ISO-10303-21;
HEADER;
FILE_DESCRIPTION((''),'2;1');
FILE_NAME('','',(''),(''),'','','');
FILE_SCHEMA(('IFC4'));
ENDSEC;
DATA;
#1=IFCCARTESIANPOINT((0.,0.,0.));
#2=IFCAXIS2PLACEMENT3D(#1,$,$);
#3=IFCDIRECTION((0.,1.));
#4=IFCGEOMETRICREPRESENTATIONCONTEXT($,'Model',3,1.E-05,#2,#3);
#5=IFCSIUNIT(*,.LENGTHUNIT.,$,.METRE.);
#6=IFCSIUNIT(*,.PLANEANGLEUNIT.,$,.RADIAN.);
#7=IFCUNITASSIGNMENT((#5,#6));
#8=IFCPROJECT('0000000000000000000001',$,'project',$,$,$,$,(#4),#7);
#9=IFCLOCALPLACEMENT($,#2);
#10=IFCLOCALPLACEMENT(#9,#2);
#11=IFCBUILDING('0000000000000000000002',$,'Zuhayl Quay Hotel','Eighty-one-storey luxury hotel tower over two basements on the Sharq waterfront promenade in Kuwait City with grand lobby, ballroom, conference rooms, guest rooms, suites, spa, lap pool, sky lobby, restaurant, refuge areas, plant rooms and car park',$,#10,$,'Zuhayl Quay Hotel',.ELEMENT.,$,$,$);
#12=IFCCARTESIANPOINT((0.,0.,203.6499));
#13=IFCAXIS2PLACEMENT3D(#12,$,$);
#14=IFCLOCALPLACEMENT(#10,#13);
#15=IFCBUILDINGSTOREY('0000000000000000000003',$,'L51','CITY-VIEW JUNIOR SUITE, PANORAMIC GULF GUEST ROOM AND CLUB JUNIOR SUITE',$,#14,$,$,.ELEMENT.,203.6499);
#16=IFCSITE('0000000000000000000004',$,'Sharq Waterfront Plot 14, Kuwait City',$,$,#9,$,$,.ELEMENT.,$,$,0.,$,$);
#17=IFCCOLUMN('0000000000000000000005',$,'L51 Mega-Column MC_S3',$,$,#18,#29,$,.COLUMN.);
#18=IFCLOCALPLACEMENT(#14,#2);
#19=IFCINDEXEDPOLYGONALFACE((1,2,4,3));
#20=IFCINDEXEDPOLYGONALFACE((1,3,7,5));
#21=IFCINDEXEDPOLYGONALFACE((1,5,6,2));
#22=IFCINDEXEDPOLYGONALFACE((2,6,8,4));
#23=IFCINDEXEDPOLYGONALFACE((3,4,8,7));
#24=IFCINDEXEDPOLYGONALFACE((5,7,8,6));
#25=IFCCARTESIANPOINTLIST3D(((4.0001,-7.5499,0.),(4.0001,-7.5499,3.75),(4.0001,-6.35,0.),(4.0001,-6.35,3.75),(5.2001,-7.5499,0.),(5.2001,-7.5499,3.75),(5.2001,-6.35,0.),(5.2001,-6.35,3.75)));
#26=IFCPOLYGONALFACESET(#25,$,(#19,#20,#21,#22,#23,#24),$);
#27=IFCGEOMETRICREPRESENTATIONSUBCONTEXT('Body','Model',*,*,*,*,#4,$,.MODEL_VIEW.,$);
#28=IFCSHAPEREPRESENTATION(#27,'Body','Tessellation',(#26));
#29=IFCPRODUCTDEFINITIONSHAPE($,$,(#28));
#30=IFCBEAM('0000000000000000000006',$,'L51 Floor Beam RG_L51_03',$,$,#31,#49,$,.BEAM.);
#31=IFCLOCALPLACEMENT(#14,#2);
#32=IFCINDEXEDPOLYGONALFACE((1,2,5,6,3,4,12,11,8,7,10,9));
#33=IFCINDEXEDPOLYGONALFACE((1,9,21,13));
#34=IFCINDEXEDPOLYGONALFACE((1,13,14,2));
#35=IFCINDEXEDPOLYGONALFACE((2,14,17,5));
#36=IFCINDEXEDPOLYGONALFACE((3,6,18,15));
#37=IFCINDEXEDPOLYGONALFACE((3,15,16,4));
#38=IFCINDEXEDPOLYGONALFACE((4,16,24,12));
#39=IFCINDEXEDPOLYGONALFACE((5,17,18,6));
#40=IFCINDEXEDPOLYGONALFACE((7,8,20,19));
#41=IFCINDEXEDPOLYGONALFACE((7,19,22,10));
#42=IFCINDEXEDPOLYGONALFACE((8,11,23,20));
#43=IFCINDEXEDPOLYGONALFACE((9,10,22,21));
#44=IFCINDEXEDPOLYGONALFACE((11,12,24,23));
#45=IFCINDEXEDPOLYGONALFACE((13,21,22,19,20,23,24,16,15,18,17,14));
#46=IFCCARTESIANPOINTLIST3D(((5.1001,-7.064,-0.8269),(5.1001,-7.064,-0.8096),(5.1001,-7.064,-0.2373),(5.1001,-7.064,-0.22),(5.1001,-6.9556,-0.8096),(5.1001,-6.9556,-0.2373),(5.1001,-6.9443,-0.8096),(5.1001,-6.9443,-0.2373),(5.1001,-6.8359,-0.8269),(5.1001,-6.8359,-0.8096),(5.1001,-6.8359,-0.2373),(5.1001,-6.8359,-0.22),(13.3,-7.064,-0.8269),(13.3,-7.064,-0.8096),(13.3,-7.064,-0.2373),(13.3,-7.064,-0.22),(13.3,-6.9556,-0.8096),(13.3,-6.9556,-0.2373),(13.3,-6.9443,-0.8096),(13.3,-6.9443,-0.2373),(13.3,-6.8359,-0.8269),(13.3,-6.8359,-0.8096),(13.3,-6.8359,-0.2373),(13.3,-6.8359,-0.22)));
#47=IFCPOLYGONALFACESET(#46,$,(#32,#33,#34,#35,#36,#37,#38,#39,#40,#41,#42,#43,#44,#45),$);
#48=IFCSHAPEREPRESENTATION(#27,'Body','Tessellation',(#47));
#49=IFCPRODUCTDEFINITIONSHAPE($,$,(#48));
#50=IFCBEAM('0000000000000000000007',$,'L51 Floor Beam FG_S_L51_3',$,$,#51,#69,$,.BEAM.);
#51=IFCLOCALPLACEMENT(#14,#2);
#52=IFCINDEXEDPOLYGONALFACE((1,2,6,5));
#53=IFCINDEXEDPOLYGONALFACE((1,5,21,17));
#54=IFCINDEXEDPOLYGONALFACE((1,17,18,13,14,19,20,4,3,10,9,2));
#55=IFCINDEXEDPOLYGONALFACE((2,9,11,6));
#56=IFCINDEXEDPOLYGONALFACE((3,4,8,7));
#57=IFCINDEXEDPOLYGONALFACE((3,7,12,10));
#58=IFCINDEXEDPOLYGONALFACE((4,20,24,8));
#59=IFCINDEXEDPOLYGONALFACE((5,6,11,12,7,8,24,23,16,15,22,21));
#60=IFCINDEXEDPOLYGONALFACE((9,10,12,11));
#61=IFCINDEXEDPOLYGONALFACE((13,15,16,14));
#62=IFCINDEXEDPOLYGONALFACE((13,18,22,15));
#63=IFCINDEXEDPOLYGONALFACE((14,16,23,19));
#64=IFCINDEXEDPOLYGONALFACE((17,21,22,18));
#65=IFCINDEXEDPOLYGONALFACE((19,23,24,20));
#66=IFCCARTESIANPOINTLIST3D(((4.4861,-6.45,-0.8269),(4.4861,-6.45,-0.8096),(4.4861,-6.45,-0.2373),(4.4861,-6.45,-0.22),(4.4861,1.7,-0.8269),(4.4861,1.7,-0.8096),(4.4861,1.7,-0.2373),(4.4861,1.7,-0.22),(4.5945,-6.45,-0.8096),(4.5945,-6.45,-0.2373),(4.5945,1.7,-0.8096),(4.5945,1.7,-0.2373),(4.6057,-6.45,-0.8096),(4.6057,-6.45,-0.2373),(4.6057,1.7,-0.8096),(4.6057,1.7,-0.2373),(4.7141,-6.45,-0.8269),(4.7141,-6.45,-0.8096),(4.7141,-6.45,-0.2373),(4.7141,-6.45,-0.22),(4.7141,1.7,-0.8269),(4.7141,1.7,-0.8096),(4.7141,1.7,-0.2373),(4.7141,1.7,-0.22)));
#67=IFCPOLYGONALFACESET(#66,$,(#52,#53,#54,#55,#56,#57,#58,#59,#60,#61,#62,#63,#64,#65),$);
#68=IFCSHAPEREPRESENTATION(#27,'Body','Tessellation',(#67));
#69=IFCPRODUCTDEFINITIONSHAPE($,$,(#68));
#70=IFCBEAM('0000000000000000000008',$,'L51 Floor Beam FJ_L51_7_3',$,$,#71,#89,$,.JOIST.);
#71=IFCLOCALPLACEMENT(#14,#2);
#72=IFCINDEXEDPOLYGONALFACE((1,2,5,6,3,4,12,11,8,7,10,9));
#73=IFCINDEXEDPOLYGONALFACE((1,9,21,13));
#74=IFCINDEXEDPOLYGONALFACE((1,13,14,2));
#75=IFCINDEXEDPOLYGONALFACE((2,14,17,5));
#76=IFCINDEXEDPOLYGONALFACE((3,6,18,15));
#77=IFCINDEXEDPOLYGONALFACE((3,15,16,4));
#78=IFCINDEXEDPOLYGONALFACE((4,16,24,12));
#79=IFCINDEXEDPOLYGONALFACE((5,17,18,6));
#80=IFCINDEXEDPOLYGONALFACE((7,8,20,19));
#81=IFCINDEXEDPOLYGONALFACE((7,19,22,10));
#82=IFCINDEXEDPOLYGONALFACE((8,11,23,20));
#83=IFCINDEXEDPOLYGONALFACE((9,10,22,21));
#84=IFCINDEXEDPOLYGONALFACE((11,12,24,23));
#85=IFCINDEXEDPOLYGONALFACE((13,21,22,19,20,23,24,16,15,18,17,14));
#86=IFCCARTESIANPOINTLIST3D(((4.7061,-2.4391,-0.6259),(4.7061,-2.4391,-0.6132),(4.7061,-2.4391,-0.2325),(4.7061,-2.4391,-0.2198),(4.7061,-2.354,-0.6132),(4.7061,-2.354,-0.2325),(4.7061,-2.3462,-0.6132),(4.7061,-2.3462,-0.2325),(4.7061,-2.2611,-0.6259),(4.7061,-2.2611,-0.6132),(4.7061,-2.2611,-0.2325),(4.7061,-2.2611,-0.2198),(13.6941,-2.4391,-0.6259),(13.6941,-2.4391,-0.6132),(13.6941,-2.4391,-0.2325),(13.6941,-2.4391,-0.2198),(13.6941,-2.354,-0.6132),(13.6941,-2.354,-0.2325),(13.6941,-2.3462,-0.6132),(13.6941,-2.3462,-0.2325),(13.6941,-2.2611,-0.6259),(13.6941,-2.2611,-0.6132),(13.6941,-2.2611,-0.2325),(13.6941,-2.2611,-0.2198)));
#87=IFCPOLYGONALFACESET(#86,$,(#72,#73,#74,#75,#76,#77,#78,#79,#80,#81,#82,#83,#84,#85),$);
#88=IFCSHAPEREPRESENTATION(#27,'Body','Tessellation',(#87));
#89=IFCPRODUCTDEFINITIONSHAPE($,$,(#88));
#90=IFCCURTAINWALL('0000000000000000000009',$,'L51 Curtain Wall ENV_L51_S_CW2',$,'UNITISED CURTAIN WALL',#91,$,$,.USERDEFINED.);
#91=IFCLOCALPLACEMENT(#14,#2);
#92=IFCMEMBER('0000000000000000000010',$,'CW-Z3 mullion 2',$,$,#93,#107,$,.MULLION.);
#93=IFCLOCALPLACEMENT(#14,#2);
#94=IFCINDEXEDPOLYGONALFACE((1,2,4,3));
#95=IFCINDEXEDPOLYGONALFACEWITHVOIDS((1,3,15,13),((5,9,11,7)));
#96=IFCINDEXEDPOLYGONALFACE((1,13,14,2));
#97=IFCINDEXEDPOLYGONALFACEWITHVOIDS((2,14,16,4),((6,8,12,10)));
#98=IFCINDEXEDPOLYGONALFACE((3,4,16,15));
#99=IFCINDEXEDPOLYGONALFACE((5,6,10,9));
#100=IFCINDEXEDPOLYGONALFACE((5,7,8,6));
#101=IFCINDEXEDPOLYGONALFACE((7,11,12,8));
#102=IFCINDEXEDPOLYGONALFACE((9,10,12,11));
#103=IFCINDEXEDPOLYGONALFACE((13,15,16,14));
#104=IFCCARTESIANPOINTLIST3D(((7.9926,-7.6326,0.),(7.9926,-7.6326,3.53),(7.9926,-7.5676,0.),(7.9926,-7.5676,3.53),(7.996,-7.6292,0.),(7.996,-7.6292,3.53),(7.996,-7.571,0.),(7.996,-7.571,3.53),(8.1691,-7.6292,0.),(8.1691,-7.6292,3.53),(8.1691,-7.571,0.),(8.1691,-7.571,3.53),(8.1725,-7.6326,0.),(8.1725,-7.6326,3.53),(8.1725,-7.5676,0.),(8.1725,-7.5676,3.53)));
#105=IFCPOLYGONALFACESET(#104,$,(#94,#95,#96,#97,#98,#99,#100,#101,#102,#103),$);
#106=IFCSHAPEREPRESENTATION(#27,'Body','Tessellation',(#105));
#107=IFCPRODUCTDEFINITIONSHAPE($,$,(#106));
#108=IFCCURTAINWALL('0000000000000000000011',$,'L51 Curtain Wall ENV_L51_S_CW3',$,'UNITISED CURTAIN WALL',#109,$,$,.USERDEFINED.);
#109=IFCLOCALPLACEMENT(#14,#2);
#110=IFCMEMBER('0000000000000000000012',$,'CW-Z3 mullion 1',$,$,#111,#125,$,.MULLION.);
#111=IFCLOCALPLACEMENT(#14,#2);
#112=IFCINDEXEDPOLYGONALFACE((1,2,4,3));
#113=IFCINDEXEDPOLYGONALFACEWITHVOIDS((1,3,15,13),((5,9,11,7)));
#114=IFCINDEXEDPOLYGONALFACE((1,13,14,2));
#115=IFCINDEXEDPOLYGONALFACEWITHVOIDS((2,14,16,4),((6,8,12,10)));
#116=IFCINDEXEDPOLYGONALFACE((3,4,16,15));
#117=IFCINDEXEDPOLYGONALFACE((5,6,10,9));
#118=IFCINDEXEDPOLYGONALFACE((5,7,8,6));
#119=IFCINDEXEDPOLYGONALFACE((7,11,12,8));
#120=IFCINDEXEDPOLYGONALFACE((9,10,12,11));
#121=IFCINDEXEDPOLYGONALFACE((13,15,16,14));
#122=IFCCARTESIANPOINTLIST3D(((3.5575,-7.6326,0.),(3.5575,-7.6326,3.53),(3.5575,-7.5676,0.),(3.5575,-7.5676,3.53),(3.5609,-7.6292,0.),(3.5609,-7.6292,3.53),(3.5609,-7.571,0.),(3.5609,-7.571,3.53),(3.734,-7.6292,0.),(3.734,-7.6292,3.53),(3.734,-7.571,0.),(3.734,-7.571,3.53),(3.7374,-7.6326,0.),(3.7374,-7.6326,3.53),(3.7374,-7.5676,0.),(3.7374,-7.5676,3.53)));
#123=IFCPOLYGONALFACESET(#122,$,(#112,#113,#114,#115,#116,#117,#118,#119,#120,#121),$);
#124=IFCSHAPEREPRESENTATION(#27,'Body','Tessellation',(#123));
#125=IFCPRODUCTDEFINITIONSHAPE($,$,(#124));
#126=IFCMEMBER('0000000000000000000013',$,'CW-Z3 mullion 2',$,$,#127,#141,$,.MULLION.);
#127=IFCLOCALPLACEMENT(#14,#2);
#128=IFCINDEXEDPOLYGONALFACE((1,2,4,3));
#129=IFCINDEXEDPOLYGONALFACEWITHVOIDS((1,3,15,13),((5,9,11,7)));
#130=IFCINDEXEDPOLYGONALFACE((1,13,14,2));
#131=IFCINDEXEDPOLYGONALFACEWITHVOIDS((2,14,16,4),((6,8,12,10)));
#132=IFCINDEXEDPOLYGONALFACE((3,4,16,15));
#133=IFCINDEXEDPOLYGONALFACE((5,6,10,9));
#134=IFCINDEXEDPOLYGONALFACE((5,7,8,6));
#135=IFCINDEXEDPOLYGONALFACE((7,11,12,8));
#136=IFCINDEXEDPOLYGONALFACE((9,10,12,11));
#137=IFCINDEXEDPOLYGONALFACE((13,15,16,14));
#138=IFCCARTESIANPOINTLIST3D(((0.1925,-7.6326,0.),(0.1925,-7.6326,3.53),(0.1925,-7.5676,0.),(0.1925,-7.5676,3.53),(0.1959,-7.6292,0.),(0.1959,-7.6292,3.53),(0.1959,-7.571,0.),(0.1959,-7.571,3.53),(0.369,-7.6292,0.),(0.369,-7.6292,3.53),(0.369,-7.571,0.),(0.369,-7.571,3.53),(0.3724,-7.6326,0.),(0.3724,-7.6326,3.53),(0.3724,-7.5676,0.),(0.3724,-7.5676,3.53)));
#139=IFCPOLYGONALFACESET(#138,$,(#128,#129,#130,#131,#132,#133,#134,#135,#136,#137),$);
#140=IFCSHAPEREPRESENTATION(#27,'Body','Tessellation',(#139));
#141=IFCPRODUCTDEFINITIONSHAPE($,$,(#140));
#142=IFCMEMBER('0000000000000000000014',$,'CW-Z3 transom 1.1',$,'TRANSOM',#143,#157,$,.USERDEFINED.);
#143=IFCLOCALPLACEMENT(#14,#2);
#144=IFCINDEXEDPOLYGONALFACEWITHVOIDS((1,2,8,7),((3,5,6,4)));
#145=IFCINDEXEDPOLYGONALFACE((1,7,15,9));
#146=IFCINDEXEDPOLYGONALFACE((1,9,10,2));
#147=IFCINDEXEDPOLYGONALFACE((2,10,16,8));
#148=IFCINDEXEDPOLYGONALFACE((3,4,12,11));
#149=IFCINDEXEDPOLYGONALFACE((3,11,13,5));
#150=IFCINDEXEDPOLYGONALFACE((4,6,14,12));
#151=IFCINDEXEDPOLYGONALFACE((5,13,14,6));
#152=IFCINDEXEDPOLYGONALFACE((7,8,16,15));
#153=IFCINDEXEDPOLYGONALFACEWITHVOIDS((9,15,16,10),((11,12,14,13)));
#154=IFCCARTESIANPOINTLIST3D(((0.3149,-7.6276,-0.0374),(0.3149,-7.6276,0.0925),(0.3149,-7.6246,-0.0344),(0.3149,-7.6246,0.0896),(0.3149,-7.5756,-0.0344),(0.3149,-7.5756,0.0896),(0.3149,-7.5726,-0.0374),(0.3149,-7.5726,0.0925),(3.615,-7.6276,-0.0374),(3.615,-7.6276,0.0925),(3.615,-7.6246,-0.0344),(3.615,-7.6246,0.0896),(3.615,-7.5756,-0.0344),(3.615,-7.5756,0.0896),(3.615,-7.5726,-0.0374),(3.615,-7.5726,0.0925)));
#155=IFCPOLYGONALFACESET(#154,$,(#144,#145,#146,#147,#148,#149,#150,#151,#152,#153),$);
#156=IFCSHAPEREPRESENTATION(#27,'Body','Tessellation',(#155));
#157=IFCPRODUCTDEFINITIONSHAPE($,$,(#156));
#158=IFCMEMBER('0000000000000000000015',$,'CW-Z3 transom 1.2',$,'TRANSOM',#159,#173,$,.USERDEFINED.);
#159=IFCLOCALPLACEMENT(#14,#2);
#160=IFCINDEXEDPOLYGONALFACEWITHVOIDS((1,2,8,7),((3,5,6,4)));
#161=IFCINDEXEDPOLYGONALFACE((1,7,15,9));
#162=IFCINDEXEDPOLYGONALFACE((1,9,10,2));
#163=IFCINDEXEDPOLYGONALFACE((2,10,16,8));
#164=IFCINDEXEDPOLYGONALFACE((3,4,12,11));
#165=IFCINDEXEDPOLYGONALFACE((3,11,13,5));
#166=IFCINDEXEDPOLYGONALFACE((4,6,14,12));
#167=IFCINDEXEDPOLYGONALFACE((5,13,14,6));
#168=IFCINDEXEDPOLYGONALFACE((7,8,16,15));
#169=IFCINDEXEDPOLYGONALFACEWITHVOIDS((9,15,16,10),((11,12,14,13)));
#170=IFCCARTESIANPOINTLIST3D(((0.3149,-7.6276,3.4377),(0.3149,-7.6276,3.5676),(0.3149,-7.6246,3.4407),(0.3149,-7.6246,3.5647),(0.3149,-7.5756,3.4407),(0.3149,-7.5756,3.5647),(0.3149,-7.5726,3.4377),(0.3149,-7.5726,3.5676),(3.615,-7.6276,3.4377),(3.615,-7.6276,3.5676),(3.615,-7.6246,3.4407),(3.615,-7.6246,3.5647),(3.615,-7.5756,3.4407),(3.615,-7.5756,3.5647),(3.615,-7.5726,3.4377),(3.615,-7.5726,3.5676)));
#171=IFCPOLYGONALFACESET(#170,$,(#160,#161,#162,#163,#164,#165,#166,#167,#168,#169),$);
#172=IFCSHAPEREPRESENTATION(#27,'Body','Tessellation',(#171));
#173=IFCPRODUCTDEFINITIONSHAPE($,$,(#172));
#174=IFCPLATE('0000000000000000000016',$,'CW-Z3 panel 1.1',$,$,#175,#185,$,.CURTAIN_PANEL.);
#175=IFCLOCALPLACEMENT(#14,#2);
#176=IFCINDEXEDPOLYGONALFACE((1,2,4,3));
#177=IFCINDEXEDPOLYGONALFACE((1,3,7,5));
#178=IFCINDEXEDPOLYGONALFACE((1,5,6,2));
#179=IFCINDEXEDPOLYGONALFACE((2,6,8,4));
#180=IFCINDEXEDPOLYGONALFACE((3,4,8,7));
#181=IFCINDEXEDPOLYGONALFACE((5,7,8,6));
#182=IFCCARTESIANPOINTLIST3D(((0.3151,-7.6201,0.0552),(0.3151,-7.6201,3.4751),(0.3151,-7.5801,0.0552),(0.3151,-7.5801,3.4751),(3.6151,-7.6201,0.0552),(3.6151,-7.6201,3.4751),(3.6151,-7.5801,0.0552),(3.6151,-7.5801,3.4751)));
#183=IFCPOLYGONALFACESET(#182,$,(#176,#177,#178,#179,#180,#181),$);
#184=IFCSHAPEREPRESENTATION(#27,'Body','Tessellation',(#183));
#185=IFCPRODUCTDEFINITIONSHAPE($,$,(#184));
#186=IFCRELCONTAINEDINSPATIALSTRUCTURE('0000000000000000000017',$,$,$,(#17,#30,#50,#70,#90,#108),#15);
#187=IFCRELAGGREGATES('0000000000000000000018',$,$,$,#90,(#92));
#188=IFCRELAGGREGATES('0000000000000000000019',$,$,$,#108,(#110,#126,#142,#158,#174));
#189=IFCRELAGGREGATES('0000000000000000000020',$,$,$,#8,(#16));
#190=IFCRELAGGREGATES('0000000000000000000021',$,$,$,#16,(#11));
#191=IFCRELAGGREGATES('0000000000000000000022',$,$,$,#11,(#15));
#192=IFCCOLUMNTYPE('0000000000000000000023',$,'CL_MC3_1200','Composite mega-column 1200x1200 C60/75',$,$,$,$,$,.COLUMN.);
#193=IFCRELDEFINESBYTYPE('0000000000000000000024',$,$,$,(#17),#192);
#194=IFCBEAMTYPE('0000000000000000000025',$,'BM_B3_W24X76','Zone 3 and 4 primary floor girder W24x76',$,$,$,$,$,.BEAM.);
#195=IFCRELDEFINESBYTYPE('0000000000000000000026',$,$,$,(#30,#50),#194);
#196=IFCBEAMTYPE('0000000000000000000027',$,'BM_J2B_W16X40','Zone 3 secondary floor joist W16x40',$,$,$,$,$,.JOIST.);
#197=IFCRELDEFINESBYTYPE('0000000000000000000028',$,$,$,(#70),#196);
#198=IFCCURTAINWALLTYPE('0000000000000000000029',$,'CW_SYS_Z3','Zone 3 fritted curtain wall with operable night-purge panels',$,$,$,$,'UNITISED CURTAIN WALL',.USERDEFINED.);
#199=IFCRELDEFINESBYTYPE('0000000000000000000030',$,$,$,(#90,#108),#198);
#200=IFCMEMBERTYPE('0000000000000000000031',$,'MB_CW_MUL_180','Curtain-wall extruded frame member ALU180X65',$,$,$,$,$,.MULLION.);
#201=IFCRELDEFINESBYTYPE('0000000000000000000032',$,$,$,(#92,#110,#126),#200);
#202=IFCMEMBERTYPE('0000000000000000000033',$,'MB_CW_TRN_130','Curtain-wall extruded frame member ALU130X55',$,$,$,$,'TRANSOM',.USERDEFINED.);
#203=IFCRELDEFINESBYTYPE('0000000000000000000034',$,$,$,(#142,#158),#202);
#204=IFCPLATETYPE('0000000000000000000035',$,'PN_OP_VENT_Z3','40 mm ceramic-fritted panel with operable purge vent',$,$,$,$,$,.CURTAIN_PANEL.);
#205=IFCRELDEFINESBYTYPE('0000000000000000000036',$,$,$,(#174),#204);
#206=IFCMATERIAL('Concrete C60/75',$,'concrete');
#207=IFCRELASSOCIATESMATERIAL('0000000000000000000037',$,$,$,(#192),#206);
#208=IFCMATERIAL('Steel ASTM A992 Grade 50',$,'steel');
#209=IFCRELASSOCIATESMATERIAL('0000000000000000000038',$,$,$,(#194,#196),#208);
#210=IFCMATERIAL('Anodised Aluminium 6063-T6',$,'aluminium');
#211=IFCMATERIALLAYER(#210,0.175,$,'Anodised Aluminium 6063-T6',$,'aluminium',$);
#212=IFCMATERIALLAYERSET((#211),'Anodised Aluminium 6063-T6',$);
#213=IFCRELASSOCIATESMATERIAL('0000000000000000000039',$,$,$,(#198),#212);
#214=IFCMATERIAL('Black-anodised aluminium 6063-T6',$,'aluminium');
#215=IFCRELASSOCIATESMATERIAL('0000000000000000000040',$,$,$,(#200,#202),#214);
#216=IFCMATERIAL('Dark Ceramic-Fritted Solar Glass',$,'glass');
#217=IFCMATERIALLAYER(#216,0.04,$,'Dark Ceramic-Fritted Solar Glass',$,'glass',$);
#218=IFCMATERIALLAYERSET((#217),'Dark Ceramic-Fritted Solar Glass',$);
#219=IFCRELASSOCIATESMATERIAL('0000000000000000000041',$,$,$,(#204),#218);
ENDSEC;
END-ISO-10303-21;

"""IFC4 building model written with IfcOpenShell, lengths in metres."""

from ifc_helpers import new_model, si_unit, direction, frame, origin, origin_2d, place, context, subcontext, project, spatial, rectangle, hollow_rectangle, i_section, extrude, material, layer, layer_set, material_profile, profile_set, type_object, element, aggregate, save


model = new_model("IFC4")

# Units and contexts
model_context = context("Model", 3, precision=1e-05, world=origin(), true_north=direction((0.0, 1.0)))
body_context = subcontext(model_context, "Body", "Model", "MODEL_VIEW")
ifc_project = project(units=[si_unit("LENGTHUNIT", "METRE"), si_unit("PLANEANGLEUNIT", "RADIAN")], contexts=[model_context])

# Site, building, storey
site_placement = place(None, origin())
site = spatial("IfcSite", under=ifc_project, at=site_placement, Name="Sharq Waterfront Plot 14, Kuwait City", CompositionType="ELEMENT", RefElevation=0.0)
building_placement = place(site_placement, origin())
building = spatial("IfcBuilding", under=site, at=building_placement, Name="Zuhayl Quay Hotel", Description="Eighty-one-storey luxury hotel tower over two basements on the Sharq waterfront promenade in Kuwait City with grand lobby, ballroom, conference rooms, guest rooms, suites, spa, lap pool, sky lobby, restaurant, refuge areas, plant rooms and car park", LongName="Zuhayl Quay Hotel", CompositionType="ELEMENT")
storey_placement = place(building_placement, frame((0.0, 0.0, 203.6499)))
storey = spatial("IfcBuildingStorey", under=building, at=storey_placement, Name="L51", Description="CITY-VIEW JUNIOR SUITE, PANORAMIC GULF GUEST ROOM AND CLUB JUNIOR SUITE", CompositionType="ELEMENT", Elevation=203.6499)

# Column
ifc_material_1 = material(Name="Concrete C60/75", Category="concrete")
ifc_material_profile_1 = material_profile(ifc_material_1, rectangle(XDim=1.2, YDim=1.2, at=origin_2d()), Name="RC1200X1200")
ifc_profile_set_1 = profile_set([ifc_material_profile_1], Name="Concrete C60/75")
column_type = type_object("IfcColumnType", Name="CL_MC3_1200", Description="Composite mega-column 1200x1200 C60/75", PredefinedType="COLUMN", material=ifc_profile_set_1)
column_placement = place(storey_placement, frame((4.6001, -6.95, 0.0), z_axis=(0.0, 0.0, 1.0), x_axis=(1.0, 0.0, 0.0)))
element("IfcColumn", 1, at=column_placement, inside=storey, type_object=column_type, Name="L51 Mega-Column MC_S3", PredefinedType="COLUMN", context=body_context, shape_type="SweptSolid", body=[
    extrude(rectangle(XDim=1.2, YDim=1.2, at=origin_2d()), origin(), (0.0, 0.0, 1.0), 3.75),
])

# Beams
ifc_material_2 = material(Name="Steel ASTM A992 Grade 50", Category="steel")
ifc_material_profile_2 = material_profile(ifc_material_2, i_section(OverallWidth=0.228, OverallDepth=0.6069, WebThickness=0.0112, FlangeThickness=0.0173, at=origin_2d()), Name="W24X76")
ifc_profile_set_2 = profile_set([ifc_material_profile_2], Name="Steel ASTM A992 Grade 50")
beam_type_1 = type_object("IfcBeamType", Name="BM_B3_W24X76", Description="Zone 3 and 4 primary floor girder W24x76", PredefinedType="BEAM", material=ifc_profile_set_2)
beam_1_placement = place(storey_placement, frame((5.1001, -6.95, -0.5234), z_axis=(1.0, 0.0, 0.0), x_axis=(0.0, 1.0, 0.0)))
element("IfcBeam", 2, at=beam_1_placement, inside=storey, type_object=beam_type_1, Name="L51 Floor Beam RG_L51_03", PredefinedType="BEAM", context=body_context, shape_type="SweptSolid", body=[
    extrude(i_section(OverallWidth=0.228, OverallDepth=0.6069, WebThickness=0.0112, FlangeThickness=0.0173, at=origin_2d()), origin(), (0.0, 0.0, 1.0), 8.2),
])
beam_2_placement = place(storey_placement, frame((4.6001, -6.45, -0.5234), z_axis=(0.0, 1.0, 0.0), x_axis=(-1.0, 0.0, 0.0)))
element("IfcBeam", 3, at=beam_2_placement, inside=storey, type_object=beam_type_1, Name="L51 Floor Beam FG_S_L51_3", PredefinedType="BEAM", context=body_context, shape_type="SweptSolid", body=[
    extrude(i_section(OverallWidth=0.228, OverallDepth=0.6069, WebThickness=0.0112, FlangeThickness=0.0173, at=origin_2d()), origin(), (0.0, 0.0, 1.0), 8.1499),
])
ifc_material_profile_3 = material_profile(ifc_material_2, i_section(OverallWidth=0.178, OverallDepth=0.406, WebThickness=0.0078, FlangeThickness=0.0127, at=origin_2d()), Name="W16X40")
ifc_profile_set_3 = profile_set([ifc_material_profile_3], Name="Steel ASTM A992 Grade 50")
beam_type_2 = type_object("IfcBeamType", Name="BM_J2B_W16X40", Description="Zone 3 secondary floor joist W16x40", PredefinedType="JOIST", material=ifc_profile_set_3)
beam_3_placement = place(storey_placement, frame((4.7061, -2.3501, -0.4229), z_axis=(1.0, 0.0, 0.0), x_axis=(0.0, 1.0, 0.0)))
element("IfcBeam", 4, at=beam_3_placement, inside=storey, type_object=beam_type_2, Name="L51 Floor Beam FJ_L51_7_3", PredefinedType="JOIST", context=body_context, shape_type="SweptSolid", body=[
    extrude(i_section(OverallWidth=0.178, OverallDepth=0.406, WebThickness=0.0078, FlangeThickness=0.0127, at=origin_2d()), origin(), (0.0, 0.0, 1.0), 8.988),
])

# Curtain wall, member
ifc_material_3 = material(Name="Anodised Aluminium 6063-T6", Category="aluminium")
ifc_layer_1 = layer(ifc_material_3, 0.175, Name="Anodised Aluminium 6063-T6", Category="aluminium")
ifc_layer_set_1 = layer_set([ifc_layer_1], Name="Anodised Aluminium 6063-T6")
curtain_wall_type = type_object("IfcCurtainWallType", Name="CW_SYS_Z3", Description="Zone 3 fritted curtain wall with operable night-purge panels", ElementType="UNITISED CURTAIN WALL", PredefinedType="USERDEFINED", material=ifc_layer_set_1)
curtain_wall_1_placement = place(storey_placement, origin())
curtain_wall_1 = element("IfcCurtainWall", 5, at=curtain_wall_1_placement, inside=storey, type_object=curtain_wall_type, Name="L51 Curtain Wall ENV_L51_S_CW2", ObjectType="UNITISED CURTAIN WALL", PredefinedType="USERDEFINED")
ifc_material_4 = material(Name="Black-anodised aluminium 6063-T6", Category="aluminium")
ifc_material_profile_4 = material_profile(ifc_material_4, hollow_rectangle(XDim=0.0649, YDim=0.1799, WallThickness=0.0034, at=origin_2d()), Name="ALU180X65")
ifc_profile_set_4 = profile_set([ifc_material_profile_4], Name="Black-anodised aluminium 6063-T6")
member_type_1 = type_object("IfcMemberType", Name="MB_CW_MUL_180", Description="Curtain-wall extruded frame member ALU180X65", PredefinedType="MULLION", material=ifc_profile_set_4)
member_1_placement = place(storey_placement, frame((8.0825, -7.6001, 0.0), z_axis=(0.0, 0.0, 1.0), x_axis=(0.0, -1.0, 0.0)))
member_1 = element("IfcMember", 6, at=member_1_placement, type_object=member_type_1, Name="CW-Z3 mullion 2", PredefinedType="MULLION", context=body_context, shape_type="SweptSolid", body=[
    extrude(hollow_rectangle(XDim=0.0649, YDim=0.1799, WallThickness=0.0034, at=origin_2d()), origin(), (0.0, 0.0, 1.0), 3.53),
])
aggregate(curtain_wall_1, [member_1])

# Curtain wall, members, plate
curtain_wall_2_placement = place(storey_placement, origin())
curtain_wall_2 = element("IfcCurtainWall", 7, at=curtain_wall_2_placement, inside=storey, type_object=curtain_wall_type, Name="L51 Curtain Wall ENV_L51_S_CW3", ObjectType="UNITISED CURTAIN WALL", PredefinedType="USERDEFINED")
member_2_placement = place(storey_placement, frame((3.6475, -7.6001, 0.0), z_axis=(0.0, 0.0, 1.0), x_axis=(0.0, -1.0, 0.0)))
member_2 = element("IfcMember", 8, at=member_2_placement, type_object=member_type_1, Name="CW-Z3 mullion 1", PredefinedType="MULLION", context=body_context, shape_type="SweptSolid", body=[
    extrude(hollow_rectangle(XDim=0.0649, YDim=0.1799, WallThickness=0.0034, at=origin_2d()), origin(), (0.0, 0.0, 1.0), 3.53),
])
member_3_placement = place(storey_placement, frame((0.2825, -7.6001, 0.0), z_axis=(0.0, 0.0, 1.0), x_axis=(0.0, -1.0, 0.0)))
member_3 = element("IfcMember", 9, at=member_3_placement, type_object=member_type_1, Name="CW-Z3 mullion 2", PredefinedType="MULLION", context=body_context, shape_type="SweptSolid", body=[
    extrude(hollow_rectangle(XDim=0.0649, YDim=0.1799, WallThickness=0.0034, at=origin_2d()), origin(), (0.0, 0.0, 1.0), 3.53),
])
ifc_material_profile_5 = material_profile(ifc_material_4, hollow_rectangle(XDim=0.0549, YDim=0.1299, WallThickness=0.0029, at=origin_2d()), Name="ALU130X55")
ifc_profile_set_5 = profile_set([ifc_material_profile_5], Name="Black-anodised aluminium 6063-T6")
member_type_2 = type_object("IfcMemberType", Name="MB_CW_TRN_130", Description="Curtain-wall extruded frame member ALU130X55", ElementType="TRANSOM", PredefinedType="USERDEFINED", material=ifc_profile_set_5)
member_4_placement = place(storey_placement, frame((3.615, -7.6001, 0.0276), z_axis=(-1.0, 0.0, 0.0), x_axis=(0.0, -1.0, 0.0)))
member_4 = element("IfcMember", 10, at=member_4_placement, type_object=member_type_2, Name="CW-Z3 transom 1.1", ObjectType="TRANSOM", PredefinedType="USERDEFINED", context=body_context, shape_type="SweptSolid", body=[
    extrude(hollow_rectangle(XDim=0.0549, YDim=0.1299, WallThickness=0.0029, at=origin_2d()), origin(), (0.0, 0.0, 1.0), 3.3),
])
member_5_placement = place(storey_placement, frame((3.615, -7.6001, 3.5027), z_axis=(-1.0, 0.0, 0.0), x_axis=(0.0, -1.0, 0.0)))
member_5 = element("IfcMember", 11, at=member_5_placement, type_object=member_type_2, Name="CW-Z3 transom 1.2", ObjectType="TRANSOM", PredefinedType="USERDEFINED", context=body_context, shape_type="SweptSolid", body=[
    extrude(hollow_rectangle(XDim=0.0549, YDim=0.1299, WallThickness=0.0029, at=origin_2d()), origin(), (0.0, 0.0, 1.0), 3.3),
])
ifc_material_5 = material(Name="Dark Ceramic-Fritted Solar Glass", Category="glass")
ifc_layer_2 = layer(ifc_material_5, 0.04, Name="Dark Ceramic-Fritted Solar Glass", Category="glass")
ifc_layer_set_2 = layer_set([ifc_layer_2], Name="Dark Ceramic-Fritted Solar Glass")
plate_type = type_object("IfcPlateType", Name="PN_OP_VENT_Z3", Description="40 mm ceramic-fritted panel with operable purge vent", PredefinedType="CURTAIN_PANEL", material=ifc_layer_set_2)
plate_placement = place(storey_placement, frame((1.9651, -7.6001, 0.0552), z_axis=(0.0, 0.0, 1.0), x_axis=(-1.0, 0.0, 0.0)))
plate = element("IfcPlate", 12, at=plate_placement, type_object=plate_type, Name="CW-Z3 panel 1.1", PredefinedType="CURTAIN_PANEL", context=body_context, shape_type="SweptSolid", body=[
    extrude(rectangle(XDim=3.3, YDim=0.04, at=origin_2d()), origin(), (0.0, 0.0, 1.0), 3.4199),
])
aggregate(curtain_wall_2, [member_2, member_3, member_4, member_5, plate])

save(model, "model.ifc")
